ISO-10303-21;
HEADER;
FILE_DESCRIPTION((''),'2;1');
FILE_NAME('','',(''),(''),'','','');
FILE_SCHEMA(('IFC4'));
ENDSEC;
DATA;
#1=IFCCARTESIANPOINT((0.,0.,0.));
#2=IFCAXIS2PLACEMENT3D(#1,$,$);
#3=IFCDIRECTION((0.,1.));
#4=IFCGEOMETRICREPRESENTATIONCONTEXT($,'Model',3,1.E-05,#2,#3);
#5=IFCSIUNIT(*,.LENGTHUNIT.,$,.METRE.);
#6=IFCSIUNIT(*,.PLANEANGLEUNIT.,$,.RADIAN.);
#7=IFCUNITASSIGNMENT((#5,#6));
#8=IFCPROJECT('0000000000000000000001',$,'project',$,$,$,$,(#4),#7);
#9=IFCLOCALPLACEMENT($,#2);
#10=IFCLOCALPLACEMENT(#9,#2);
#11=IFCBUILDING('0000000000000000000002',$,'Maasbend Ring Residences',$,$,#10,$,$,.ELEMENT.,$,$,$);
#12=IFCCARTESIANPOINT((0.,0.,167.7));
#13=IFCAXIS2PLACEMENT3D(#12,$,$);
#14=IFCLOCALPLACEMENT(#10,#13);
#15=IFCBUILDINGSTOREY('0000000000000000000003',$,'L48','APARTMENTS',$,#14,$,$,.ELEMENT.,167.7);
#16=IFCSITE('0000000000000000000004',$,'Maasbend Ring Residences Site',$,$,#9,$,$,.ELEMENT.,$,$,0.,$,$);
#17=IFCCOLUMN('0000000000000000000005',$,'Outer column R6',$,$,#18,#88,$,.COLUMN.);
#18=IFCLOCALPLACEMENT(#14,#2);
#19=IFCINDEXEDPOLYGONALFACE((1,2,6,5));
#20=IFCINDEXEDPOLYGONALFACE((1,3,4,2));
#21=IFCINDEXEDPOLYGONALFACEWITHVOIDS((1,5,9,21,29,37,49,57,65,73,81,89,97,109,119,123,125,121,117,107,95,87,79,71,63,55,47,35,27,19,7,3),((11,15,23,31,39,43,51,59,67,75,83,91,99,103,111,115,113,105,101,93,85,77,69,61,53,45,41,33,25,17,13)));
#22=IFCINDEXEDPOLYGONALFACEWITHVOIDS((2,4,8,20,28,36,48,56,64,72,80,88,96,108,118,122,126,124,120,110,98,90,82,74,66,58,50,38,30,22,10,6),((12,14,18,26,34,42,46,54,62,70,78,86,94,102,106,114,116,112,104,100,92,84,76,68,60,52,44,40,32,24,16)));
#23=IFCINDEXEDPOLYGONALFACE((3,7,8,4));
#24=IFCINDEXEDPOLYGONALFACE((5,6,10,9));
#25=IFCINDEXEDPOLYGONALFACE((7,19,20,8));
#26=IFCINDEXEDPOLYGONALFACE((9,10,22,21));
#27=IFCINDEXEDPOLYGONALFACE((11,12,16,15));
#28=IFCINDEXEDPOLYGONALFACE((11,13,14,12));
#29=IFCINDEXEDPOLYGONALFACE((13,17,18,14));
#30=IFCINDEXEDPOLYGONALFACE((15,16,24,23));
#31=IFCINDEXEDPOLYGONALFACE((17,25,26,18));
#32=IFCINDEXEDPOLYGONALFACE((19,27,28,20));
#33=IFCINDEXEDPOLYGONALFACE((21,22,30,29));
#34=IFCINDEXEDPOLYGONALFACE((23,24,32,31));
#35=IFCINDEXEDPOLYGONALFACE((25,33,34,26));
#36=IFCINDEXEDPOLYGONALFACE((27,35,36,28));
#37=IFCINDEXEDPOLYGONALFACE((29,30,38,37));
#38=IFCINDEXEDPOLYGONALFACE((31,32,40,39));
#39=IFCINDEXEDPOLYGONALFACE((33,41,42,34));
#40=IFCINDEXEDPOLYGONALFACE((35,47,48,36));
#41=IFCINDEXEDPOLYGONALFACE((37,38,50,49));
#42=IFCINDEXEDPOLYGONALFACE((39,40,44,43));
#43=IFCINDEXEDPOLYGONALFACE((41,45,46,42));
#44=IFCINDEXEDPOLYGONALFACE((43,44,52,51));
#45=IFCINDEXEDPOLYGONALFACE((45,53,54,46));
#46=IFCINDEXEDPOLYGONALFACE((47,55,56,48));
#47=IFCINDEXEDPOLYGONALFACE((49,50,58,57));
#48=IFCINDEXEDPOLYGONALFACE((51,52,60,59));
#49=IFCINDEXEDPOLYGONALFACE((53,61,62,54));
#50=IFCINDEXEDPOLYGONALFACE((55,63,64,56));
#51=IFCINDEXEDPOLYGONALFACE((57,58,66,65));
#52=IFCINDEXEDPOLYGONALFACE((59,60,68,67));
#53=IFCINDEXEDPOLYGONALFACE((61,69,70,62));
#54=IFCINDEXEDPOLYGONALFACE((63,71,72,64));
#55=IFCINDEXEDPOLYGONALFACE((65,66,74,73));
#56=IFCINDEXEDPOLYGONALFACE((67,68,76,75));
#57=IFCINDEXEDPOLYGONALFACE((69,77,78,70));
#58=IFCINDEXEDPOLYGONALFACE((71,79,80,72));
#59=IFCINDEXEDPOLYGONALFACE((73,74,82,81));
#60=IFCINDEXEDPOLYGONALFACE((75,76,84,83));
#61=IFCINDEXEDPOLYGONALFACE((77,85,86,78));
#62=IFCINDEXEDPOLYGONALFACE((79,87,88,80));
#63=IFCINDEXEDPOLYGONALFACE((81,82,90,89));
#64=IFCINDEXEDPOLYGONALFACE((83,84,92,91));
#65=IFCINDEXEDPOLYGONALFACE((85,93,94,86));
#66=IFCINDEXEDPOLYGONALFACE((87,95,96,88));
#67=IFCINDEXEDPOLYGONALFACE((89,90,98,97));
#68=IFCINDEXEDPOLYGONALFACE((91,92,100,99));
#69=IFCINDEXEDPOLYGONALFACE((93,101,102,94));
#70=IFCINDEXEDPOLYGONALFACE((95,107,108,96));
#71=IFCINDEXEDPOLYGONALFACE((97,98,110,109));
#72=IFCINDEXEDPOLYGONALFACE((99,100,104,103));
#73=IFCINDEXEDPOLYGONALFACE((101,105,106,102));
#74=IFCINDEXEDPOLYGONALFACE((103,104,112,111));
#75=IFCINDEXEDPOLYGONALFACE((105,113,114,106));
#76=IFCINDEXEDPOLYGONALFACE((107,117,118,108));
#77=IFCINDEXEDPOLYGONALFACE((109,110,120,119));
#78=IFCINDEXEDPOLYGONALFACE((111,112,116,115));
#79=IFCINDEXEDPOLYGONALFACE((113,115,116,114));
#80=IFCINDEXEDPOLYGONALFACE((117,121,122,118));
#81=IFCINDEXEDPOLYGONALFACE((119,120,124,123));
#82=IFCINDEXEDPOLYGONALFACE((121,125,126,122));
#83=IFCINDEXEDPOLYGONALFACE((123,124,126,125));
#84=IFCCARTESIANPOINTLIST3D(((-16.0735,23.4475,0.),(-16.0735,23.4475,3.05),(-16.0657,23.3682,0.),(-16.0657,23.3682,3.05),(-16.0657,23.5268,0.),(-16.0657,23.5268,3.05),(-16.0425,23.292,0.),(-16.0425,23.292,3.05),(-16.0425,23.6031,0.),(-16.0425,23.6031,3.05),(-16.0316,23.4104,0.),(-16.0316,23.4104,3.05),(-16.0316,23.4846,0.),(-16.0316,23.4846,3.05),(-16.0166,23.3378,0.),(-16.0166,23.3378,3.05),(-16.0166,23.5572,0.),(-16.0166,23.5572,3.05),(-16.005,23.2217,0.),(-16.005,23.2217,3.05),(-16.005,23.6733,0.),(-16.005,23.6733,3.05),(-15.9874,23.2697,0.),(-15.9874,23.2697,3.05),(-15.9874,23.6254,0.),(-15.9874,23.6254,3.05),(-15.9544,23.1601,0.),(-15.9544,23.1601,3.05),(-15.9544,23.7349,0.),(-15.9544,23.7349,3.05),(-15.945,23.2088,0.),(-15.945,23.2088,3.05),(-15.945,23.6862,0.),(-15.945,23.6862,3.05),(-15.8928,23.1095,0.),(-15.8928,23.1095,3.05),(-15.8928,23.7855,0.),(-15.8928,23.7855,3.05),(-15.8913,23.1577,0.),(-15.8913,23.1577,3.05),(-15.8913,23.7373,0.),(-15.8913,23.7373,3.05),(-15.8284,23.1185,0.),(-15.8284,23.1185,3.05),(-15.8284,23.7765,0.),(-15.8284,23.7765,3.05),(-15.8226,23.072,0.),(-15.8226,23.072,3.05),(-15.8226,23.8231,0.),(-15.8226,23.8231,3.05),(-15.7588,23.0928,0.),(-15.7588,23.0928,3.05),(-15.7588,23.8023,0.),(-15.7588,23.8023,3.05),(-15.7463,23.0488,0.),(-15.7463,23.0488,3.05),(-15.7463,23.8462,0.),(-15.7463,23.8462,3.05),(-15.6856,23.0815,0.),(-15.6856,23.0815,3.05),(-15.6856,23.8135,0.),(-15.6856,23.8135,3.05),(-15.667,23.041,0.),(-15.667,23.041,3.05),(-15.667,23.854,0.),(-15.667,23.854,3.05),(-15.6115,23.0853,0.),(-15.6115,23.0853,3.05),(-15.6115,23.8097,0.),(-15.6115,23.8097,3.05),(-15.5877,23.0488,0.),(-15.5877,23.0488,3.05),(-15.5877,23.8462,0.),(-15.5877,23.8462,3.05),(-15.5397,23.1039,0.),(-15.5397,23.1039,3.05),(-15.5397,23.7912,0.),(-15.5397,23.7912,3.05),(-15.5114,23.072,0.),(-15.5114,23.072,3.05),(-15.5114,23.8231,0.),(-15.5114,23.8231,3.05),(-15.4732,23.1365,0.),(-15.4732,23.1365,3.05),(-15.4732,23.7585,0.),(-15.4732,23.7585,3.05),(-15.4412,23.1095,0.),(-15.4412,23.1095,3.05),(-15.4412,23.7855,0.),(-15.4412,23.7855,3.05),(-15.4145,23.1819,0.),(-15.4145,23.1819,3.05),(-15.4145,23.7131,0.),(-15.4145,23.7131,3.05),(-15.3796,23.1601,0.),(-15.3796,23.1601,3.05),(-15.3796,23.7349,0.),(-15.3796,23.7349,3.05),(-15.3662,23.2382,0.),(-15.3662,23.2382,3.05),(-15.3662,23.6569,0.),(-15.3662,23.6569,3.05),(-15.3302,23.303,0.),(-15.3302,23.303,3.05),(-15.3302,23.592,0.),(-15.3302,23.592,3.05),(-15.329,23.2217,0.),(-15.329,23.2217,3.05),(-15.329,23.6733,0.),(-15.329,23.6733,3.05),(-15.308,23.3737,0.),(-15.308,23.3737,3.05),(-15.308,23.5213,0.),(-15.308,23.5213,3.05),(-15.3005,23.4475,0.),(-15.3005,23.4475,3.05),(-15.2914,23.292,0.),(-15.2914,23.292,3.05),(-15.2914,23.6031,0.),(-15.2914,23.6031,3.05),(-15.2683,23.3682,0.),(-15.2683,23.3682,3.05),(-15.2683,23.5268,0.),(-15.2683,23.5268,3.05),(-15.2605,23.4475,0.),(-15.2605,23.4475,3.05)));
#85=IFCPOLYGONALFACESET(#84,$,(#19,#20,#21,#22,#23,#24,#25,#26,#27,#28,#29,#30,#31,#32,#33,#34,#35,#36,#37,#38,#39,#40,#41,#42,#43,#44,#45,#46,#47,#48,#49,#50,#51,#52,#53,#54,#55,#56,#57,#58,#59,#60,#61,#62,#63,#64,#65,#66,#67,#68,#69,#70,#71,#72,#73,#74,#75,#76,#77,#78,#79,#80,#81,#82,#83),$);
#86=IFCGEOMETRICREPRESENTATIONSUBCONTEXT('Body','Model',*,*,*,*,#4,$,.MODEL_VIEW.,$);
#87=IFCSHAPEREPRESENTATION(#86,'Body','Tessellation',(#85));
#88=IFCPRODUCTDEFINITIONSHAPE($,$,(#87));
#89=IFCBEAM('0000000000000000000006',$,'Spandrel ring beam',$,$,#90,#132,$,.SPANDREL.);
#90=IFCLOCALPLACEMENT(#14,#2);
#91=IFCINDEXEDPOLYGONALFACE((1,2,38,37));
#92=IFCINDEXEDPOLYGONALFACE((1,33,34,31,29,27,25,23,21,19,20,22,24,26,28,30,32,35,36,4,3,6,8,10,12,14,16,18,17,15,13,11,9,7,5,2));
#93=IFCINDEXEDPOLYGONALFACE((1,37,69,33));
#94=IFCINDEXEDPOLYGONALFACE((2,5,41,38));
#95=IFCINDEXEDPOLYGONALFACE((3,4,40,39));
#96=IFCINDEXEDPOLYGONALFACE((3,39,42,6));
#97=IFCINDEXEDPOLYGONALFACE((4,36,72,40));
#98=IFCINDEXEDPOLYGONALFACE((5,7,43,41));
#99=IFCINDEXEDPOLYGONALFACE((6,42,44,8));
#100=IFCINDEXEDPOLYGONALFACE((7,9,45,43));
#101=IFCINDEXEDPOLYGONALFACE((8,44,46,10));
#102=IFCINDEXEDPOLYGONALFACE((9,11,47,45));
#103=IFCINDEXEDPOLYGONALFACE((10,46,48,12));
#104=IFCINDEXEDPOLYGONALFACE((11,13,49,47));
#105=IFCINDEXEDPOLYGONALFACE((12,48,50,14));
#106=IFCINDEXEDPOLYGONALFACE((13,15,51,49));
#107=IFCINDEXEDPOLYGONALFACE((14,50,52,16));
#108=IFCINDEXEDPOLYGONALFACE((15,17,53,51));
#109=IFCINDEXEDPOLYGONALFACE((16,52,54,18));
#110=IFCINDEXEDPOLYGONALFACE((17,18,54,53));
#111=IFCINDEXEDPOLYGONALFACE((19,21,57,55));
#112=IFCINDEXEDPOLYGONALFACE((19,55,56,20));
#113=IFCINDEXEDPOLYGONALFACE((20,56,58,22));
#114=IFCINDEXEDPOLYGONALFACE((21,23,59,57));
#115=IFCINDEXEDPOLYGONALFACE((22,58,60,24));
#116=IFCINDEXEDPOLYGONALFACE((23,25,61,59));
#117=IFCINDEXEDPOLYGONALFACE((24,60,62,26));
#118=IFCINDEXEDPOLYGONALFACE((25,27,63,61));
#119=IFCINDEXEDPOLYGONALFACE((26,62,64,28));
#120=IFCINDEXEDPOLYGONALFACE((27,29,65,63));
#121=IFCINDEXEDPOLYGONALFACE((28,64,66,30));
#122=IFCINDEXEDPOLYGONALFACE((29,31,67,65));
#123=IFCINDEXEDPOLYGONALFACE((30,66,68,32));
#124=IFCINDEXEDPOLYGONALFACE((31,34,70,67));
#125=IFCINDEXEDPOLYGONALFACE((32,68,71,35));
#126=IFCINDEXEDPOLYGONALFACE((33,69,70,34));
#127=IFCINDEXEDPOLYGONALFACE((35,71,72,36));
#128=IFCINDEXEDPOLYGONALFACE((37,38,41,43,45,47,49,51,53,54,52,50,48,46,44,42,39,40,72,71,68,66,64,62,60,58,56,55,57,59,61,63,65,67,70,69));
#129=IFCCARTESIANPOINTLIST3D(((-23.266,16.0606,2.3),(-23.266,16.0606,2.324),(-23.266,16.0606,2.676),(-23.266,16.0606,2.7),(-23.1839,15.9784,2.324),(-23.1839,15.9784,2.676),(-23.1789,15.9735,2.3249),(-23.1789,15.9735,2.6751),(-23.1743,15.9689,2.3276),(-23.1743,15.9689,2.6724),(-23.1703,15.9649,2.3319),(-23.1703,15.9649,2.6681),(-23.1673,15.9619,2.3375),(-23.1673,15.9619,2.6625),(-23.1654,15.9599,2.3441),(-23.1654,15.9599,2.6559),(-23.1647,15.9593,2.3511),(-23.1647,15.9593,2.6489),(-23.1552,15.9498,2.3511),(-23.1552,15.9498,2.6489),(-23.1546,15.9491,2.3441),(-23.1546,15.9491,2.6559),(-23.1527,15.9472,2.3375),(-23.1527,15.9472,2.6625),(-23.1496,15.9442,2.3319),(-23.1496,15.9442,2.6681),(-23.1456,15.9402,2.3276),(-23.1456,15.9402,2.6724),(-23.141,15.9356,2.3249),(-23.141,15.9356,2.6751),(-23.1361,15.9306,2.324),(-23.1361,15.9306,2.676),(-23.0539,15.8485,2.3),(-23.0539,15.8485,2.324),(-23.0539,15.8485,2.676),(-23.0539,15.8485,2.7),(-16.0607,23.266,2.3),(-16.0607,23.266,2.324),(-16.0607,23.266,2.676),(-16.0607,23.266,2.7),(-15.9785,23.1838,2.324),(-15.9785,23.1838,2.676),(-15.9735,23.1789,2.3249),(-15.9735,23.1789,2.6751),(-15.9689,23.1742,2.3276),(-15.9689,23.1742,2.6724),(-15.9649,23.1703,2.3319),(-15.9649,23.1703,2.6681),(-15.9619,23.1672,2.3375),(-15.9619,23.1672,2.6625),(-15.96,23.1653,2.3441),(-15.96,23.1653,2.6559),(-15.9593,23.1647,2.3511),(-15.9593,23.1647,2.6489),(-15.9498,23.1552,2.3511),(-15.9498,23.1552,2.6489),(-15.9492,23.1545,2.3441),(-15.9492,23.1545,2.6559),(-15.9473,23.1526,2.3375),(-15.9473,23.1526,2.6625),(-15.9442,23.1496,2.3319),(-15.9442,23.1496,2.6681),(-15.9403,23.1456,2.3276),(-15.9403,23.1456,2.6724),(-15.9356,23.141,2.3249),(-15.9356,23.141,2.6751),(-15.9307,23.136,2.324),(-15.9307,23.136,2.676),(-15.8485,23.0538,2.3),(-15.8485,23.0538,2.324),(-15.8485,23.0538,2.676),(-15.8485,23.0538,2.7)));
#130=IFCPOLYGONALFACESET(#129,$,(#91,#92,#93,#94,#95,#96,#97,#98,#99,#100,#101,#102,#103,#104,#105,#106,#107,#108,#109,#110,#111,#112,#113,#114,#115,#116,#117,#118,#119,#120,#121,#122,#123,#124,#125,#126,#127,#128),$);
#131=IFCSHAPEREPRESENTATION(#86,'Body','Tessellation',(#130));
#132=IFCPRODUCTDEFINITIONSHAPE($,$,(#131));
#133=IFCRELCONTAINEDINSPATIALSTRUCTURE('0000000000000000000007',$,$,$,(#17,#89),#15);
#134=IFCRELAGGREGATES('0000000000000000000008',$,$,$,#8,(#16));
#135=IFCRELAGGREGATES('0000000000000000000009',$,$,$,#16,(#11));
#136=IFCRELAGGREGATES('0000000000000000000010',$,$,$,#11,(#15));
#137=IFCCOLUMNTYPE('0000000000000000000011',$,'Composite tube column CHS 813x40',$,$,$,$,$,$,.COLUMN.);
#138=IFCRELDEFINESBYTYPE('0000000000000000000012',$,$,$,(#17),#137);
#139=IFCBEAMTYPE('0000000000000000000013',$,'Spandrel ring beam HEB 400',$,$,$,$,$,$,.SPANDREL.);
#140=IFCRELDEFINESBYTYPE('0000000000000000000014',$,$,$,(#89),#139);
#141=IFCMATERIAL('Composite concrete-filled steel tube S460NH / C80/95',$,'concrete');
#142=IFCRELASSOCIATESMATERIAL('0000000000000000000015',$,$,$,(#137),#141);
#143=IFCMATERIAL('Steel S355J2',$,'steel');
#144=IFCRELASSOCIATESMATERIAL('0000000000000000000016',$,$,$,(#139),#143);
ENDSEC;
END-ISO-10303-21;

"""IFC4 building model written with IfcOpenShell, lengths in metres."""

from ifc_helpers import new_model, si_unit, direction, frame, origin, origin_2d, place, context, subcontext, project, spatial, hollow_circle, i_section, extrude, material, material_profile, profile_set, type_object, element, save


model = new_model("IFC4")

# Units and contexts
model_context = context("Model", 3, precision=1e-05, world=origin(), true_north=direction((0.0, 1.0)))
body_context = subcontext(model_context, "Body", "Model", "MODEL_VIEW")
ifc_project = project(units=[si_unit("LENGTHUNIT", "METRE"), si_unit("PLANEANGLEUNIT", "RADIAN")], contexts=[model_context])

# Site, building, storey
site_placement = place(None, origin())
site = spatial("IfcSite", under=ifc_project, at=site_placement, Name="Maasbend Ring Residences Site", CompositionType="ELEMENT", RefElevation=0.0)
building_placement = place(site_placement, origin())
building = spatial("IfcBuilding", under=site, at=building_placement, Name="Maasbend Ring Residences", CompositionType="ELEMENT")
storey_placement = place(building_placement, frame((0.0, 0.0, 167.7)))
storey = spatial("IfcBuildingStorey", under=building, at=storey_placement, Name="L48", Description="APARTMENTS", CompositionType="ELEMENT", Elevation=167.7)

# Column
ifc_material_1 = material(Name="Composite concrete-filled steel tube S460NH / C80/95", Category="concrete")
ifc_material_profile_1 = material_profile(ifc_material_1, hollow_circle(Radius=0.4065, WallThickness=0.04, at=origin_2d()), Name="Composite tube column CHS 813x40")
ifc_profile_set_1 = profile_set([ifc_material_profile_1], Name="Composite concrete-filled steel tube S460NH / C80/95")
column_type = type_object("IfcColumnType", Name="Composite tube column CHS 813x40", PredefinedType="COLUMN", material=ifc_profile_set_1)
column_placement = place(storey_placement, frame((-15.667, 23.4475, 0.0), z_axis=(0.0, 0.0, 1.0), x_axis=(1.0, 0.0, 0.0)))
element("IfcColumn", 1, at=column_placement, inside=storey, type_object=column_type, Name="Outer column R6", PredefinedType="COLUMN", context=body_context, shape_type="SweptSolid", body=[
    extrude(hollow_circle(Radius=0.4065, WallThickness=0.04, at=origin_2d()), origin(), (0.0, 0.0, 1.0), 3.05),
])

# Beam
ifc_material_2 = material(Name="Steel S355J2", Category="steel")
ifc_material_profile_2 = material_profile(ifc_material_2, i_section(OverallWidth=0.3, OverallDepth=0.3999, WebThickness=0.0134, FlangeThickness=0.0239, FilletRadius=0.0271, at=origin_2d()), Name="HEB 400")
ifc_profile_set_2 = profile_set([ifc_material_profile_2], Name="Steel S355J2")
beam_type = type_object("IfcBeamType", Name="Spandrel ring beam HEB 400", PredefinedType="SPANDREL", material=ifc_profile_set_2)
beam_placement = place(storey_placement, frame((-15.9546, 23.1599, 2.5), z_axis=(-0.707107, -0.707107, 0.0), x_axis=(0.707107, -0.707107, 0.0)))
element("IfcBeam", 2, at=beam_placement, inside=storey, type_object=beam_type, Name="Spandrel ring beam", PredefinedType="SPANDREL", context=body_context, shape_type="SweptSolid", body=[
    extrude(i_section(OverallWidth=0.3, OverallDepth=0.3999, WebThickness=0.0134, FlangeThickness=0.0239, FilletRadius=0.0271, at=origin_2d()), origin(), (0.0, 0.0, 1.0), 10.1899),
])

save(model, "model.ifc")
